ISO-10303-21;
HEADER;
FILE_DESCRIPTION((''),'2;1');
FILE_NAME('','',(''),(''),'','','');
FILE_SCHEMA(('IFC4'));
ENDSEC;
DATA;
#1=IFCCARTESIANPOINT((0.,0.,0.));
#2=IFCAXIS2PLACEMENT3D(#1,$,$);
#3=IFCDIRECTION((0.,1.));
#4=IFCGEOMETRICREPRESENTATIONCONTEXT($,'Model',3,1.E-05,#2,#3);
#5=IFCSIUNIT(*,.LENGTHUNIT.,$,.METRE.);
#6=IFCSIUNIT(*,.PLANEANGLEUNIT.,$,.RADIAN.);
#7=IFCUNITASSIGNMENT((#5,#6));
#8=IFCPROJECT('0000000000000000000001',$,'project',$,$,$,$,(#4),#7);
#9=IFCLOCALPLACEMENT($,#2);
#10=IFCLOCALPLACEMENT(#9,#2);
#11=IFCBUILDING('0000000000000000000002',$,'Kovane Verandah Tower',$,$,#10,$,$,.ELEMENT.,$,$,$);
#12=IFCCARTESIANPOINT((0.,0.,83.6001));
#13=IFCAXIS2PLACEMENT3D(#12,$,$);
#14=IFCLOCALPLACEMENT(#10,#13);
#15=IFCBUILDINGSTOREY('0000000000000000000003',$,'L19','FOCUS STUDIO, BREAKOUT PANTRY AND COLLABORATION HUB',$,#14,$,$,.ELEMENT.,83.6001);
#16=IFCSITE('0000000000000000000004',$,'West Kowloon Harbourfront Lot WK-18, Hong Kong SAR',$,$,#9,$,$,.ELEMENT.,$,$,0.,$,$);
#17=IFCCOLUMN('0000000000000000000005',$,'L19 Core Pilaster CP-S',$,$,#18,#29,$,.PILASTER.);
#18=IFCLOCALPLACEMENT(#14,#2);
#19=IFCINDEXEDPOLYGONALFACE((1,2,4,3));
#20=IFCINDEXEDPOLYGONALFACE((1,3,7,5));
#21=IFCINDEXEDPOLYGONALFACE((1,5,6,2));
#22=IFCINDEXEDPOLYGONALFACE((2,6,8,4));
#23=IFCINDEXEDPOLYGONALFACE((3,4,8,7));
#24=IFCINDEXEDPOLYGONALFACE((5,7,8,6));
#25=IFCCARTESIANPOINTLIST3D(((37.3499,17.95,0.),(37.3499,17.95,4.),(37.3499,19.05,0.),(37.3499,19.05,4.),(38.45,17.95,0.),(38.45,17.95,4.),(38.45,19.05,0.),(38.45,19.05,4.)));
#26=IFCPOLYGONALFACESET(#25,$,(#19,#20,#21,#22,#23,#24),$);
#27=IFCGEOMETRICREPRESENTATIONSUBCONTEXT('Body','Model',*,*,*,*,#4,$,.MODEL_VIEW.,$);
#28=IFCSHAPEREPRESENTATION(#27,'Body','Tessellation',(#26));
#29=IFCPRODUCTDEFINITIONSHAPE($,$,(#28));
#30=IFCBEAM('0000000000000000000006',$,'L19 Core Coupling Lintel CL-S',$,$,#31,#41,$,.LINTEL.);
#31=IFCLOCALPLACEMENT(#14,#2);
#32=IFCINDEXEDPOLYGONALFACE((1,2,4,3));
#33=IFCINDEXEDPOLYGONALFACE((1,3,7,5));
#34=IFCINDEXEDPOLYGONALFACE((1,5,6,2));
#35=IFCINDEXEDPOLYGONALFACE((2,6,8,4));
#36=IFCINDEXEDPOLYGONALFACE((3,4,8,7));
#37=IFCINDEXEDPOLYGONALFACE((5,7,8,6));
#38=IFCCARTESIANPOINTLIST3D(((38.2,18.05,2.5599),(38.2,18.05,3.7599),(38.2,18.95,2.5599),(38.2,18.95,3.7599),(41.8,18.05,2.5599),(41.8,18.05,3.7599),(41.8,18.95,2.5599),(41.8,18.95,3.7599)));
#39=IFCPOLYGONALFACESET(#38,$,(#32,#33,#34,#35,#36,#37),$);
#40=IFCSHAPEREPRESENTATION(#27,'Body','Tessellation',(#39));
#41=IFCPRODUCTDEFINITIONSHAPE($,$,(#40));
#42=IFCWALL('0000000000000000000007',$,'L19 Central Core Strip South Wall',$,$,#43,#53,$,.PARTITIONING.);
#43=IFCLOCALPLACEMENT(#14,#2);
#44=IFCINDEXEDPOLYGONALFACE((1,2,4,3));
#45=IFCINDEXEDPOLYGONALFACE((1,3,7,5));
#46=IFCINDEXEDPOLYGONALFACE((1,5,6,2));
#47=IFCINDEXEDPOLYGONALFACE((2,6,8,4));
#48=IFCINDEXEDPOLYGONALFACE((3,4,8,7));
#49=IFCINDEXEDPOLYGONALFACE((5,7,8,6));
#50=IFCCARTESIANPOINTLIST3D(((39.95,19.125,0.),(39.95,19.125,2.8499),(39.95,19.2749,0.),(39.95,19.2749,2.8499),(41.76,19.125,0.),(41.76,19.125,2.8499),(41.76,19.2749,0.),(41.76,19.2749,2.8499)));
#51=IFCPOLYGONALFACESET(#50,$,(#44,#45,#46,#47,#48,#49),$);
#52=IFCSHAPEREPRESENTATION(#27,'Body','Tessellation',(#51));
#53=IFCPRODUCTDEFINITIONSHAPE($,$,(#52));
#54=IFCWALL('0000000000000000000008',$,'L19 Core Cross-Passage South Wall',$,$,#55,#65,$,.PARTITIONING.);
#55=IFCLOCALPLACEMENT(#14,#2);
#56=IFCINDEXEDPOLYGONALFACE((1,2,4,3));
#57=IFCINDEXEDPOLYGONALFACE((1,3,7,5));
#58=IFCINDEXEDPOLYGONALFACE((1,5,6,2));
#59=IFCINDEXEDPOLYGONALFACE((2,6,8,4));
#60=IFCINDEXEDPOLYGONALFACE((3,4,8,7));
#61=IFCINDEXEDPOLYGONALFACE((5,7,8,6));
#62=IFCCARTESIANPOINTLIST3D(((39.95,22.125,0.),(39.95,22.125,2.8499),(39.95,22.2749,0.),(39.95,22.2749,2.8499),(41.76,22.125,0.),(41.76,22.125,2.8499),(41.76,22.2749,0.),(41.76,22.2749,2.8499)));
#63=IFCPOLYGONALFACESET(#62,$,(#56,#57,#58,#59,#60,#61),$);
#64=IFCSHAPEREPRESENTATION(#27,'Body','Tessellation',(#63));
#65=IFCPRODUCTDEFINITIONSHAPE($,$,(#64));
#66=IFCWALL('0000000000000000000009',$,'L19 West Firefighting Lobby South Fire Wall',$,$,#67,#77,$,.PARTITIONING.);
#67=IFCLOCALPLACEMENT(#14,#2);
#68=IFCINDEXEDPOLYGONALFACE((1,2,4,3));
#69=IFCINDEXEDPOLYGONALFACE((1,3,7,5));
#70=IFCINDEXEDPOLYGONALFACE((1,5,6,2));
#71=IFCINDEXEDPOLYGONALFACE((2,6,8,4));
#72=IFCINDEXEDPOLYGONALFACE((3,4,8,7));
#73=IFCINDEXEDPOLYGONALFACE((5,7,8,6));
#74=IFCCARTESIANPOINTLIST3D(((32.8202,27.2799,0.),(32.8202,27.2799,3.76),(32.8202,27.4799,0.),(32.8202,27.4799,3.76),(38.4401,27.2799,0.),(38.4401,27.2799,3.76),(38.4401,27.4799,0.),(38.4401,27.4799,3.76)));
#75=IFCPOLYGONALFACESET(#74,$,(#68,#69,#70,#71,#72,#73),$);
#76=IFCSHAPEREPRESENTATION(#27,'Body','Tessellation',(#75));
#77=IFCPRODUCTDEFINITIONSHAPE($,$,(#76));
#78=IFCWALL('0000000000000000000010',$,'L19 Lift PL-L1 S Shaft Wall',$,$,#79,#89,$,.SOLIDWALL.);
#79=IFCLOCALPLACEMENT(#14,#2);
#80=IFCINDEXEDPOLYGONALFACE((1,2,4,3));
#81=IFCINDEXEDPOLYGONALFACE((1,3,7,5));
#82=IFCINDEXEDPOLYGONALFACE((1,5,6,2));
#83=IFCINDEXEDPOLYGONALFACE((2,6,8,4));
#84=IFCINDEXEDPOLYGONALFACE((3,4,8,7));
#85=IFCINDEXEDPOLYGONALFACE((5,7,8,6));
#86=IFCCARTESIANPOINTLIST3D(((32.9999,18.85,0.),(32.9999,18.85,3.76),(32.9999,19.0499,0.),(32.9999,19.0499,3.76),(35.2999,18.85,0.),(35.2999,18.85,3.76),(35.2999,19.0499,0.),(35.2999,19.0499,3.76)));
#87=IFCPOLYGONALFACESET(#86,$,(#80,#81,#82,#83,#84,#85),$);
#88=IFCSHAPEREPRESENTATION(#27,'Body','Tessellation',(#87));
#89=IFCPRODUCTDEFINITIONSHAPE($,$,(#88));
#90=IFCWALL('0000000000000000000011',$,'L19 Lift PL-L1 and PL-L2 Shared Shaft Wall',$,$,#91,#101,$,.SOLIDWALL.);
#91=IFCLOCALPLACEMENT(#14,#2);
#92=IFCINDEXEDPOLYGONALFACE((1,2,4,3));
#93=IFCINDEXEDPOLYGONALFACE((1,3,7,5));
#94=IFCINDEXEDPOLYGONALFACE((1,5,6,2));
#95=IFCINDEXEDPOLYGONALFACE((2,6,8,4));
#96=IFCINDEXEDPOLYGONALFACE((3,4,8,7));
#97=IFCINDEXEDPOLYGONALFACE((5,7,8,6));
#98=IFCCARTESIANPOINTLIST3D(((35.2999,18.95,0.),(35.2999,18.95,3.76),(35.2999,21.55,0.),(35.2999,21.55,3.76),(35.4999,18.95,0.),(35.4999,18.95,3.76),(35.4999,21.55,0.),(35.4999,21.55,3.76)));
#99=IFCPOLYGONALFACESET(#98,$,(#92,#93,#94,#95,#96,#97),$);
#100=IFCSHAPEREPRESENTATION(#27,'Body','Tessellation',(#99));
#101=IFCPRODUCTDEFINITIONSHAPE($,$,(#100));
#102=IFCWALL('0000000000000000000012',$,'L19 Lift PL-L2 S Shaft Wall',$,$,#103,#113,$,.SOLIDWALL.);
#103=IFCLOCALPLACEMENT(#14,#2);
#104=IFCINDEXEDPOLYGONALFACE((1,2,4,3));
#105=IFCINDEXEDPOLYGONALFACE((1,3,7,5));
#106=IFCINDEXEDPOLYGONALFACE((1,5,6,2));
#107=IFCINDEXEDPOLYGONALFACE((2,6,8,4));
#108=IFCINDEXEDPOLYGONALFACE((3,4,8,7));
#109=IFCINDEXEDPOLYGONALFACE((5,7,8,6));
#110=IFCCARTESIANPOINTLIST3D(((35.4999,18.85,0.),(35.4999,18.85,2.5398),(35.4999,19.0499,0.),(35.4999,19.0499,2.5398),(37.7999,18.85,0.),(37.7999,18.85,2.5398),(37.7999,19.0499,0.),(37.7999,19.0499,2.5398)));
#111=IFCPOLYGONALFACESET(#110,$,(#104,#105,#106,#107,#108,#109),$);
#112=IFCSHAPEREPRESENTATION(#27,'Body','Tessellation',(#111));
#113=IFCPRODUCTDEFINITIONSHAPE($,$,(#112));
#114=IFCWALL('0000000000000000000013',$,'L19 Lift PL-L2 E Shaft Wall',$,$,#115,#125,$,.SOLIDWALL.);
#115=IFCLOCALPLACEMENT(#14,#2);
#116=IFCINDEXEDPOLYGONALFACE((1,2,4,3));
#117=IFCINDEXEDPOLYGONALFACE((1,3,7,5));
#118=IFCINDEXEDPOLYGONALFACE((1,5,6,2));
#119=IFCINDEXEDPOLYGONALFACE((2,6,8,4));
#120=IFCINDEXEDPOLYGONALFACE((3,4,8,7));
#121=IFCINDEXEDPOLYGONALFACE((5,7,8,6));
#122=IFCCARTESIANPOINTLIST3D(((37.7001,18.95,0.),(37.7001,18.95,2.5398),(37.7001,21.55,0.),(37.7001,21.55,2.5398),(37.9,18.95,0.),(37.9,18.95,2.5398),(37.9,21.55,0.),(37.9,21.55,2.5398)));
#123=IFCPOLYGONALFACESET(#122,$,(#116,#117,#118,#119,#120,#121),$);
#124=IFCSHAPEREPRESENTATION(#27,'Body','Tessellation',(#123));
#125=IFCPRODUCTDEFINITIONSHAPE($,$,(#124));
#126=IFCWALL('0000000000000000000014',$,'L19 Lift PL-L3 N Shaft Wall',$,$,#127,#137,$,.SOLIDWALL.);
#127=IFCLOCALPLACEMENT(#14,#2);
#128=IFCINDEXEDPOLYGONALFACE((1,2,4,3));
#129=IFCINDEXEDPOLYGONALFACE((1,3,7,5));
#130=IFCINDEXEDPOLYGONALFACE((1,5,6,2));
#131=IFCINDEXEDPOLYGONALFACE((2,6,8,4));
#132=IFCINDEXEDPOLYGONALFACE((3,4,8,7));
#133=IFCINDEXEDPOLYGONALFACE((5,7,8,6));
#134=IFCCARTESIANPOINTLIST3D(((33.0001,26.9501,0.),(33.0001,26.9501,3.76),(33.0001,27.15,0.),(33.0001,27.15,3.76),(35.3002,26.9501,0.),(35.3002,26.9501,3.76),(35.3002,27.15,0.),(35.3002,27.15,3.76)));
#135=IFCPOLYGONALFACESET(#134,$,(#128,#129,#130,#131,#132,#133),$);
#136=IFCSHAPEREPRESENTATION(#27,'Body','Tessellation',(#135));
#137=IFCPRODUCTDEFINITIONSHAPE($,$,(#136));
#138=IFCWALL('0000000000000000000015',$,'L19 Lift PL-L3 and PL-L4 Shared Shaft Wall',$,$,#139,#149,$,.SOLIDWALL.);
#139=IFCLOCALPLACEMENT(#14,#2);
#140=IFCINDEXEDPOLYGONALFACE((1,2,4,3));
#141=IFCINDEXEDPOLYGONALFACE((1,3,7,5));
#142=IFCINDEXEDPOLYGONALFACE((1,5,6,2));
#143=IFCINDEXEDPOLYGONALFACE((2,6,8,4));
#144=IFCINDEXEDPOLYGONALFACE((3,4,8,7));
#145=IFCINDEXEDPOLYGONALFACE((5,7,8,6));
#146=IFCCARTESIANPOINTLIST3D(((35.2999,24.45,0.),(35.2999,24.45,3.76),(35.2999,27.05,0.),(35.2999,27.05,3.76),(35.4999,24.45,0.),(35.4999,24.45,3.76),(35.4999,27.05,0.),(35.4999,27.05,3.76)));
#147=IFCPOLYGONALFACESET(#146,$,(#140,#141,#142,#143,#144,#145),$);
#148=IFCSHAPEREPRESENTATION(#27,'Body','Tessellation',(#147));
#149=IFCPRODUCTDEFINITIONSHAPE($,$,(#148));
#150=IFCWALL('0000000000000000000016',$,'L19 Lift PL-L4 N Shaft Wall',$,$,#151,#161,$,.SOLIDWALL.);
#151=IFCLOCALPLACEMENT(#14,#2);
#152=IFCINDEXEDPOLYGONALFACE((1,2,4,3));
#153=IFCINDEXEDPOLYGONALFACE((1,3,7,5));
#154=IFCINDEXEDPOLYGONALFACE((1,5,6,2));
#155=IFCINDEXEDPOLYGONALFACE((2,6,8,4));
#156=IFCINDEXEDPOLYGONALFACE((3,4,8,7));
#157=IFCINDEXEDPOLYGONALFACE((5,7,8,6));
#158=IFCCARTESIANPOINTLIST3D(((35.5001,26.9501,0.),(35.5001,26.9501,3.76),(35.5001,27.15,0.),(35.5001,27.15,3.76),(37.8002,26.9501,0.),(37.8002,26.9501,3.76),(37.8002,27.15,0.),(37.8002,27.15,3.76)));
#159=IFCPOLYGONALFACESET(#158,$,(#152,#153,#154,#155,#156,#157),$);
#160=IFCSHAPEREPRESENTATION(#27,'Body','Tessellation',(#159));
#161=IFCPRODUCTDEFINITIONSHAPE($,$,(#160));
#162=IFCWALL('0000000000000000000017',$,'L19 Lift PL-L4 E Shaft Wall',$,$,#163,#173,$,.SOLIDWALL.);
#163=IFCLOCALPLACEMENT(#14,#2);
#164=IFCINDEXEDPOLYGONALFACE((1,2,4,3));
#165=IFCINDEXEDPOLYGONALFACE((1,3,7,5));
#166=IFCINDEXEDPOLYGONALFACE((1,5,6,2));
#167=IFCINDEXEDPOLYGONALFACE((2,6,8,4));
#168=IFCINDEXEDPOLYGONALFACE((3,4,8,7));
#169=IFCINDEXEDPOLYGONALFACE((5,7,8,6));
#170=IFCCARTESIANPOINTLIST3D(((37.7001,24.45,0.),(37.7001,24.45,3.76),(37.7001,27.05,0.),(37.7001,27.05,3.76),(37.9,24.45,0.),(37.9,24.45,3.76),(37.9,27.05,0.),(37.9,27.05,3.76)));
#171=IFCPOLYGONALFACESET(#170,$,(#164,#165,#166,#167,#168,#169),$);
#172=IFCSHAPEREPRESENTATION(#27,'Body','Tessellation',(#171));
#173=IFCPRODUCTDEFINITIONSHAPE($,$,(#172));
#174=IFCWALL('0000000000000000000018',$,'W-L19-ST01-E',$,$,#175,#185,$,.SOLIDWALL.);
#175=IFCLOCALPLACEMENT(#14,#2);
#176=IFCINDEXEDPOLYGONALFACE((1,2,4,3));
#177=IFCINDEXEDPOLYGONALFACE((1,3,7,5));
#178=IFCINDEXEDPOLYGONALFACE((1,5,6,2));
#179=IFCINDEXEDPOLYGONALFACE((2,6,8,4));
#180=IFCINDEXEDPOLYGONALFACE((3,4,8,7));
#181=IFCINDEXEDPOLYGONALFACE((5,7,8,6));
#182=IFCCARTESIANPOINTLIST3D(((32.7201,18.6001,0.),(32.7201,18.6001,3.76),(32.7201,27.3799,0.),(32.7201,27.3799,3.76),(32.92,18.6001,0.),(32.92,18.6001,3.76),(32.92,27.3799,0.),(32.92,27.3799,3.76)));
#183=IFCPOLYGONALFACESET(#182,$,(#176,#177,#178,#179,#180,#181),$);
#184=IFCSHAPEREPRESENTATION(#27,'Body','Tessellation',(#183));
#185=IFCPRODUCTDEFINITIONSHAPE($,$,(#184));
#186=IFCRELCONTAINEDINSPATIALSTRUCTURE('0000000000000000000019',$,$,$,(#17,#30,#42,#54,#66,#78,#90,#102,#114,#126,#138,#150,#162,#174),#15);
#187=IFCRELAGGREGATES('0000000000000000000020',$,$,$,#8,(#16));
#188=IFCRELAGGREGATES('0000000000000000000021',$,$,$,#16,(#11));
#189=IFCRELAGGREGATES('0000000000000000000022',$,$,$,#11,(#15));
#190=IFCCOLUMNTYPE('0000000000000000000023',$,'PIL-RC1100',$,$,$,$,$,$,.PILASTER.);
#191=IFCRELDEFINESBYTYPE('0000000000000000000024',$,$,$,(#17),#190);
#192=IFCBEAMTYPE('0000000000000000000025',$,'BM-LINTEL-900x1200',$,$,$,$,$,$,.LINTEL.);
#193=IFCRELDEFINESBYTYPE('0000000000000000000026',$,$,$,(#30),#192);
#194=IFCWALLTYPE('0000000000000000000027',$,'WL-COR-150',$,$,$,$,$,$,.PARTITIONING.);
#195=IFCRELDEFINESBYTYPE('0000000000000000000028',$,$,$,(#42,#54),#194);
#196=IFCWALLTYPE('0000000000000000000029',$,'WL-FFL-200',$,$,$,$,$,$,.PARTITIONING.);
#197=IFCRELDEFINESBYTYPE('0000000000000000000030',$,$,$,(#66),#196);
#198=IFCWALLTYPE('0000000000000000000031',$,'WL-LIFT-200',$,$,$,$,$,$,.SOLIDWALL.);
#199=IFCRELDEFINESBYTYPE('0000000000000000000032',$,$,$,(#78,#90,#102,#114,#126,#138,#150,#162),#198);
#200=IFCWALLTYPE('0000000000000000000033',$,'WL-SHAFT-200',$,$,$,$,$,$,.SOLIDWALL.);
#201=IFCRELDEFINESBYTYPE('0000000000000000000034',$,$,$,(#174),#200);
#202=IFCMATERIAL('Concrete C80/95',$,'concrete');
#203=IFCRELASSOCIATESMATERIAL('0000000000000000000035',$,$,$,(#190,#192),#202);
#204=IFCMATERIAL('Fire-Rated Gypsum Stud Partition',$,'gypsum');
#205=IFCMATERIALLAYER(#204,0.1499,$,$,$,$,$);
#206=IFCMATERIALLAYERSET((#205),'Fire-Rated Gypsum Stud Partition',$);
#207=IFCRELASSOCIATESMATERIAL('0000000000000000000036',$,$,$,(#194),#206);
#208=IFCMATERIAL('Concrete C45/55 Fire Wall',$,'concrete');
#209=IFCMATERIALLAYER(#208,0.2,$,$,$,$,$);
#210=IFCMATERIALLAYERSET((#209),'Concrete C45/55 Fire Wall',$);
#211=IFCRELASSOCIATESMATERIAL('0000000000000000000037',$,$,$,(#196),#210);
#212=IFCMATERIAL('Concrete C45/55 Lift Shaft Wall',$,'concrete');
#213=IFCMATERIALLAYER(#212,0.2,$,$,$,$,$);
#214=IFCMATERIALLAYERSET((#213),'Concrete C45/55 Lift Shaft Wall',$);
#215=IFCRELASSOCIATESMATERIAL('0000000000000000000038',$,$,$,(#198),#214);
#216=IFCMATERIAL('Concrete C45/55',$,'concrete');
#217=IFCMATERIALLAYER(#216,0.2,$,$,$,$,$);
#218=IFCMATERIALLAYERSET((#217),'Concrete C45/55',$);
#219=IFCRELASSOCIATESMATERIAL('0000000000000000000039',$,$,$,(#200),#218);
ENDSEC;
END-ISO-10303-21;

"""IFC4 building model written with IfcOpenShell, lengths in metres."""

from ifc_helpers import new_model, si_unit, direction, frame, frame_2d, origin, origin_2d, place, context, subcontext, project, spatial, rectangle, extrude, material, layer, layer_set, material_profile, profile_set, type_object, element, save


model = new_model("IFC4")

# Units and contexts
model_context = context("Model", 3, precision=1e-05, world=origin(), true_north=direction((0.0, 1.0)))
body_context = subcontext(model_context, "Body", "Model", "MODEL_VIEW")
ifc_project = project(units=[si_unit("LENGTHUNIT", "METRE"), si_unit("PLANEANGLEUNIT", "RADIAN")], contexts=[model_context])

# Site, building, storey
site_placement = place(None, origin())
site = spatial("IfcSite", under=ifc_project, at=site_placement, Name="West Kowloon Harbourfront Lot WK-18, Hong Kong SAR", CompositionType="ELEMENT", RefElevation=0.0)
building_placement = place(site_placement, origin())
building = spatial("IfcBuilding", under=site, at=building_placement, Name="Kovane Verandah Tower", CompositionType="ELEMENT")
storey_placement = place(building_placement, frame((0.0, 0.0, 83.6001)))
storey = spatial("IfcBuildingStorey", under=building, at=storey_placement, Name="L19", Description="FOCUS STUDIO, BREAKOUT PANTRY AND COLLABORATION HUB", CompositionType="ELEMENT", Elevation=83.6001)

# Column
ifc_material_1 = material(Name="Concrete C80/95", Category="concrete")
ifc_material_profile_1 = material_profile(ifc_material_1, rectangle(XDim=1.1001, YDim=1.1001, at=origin_2d()), Name="RC1100x1100")
ifc_profile_set_1 = profile_set([ifc_material_profile_1], Name="Concrete C80/95")
column_type = type_object("IfcColumnType", Name="PIL-RC1100", PredefinedType="PILASTER", material=ifc_profile_set_1)
column_placement = place(storey_placement, frame((37.8999, 18.5, 0.0), z_axis=(0.0, 0.0, 1.0), x_axis=(1.0, 0.0, 0.0)))
element("IfcColumn", 1, at=column_placement, inside=storey, type_object=column_type, Name="L19 Core Pilaster CP-S", PredefinedType="PILASTER", context=body_context, shape_type="SweptSolid", body=[
    extrude(rectangle(XDim=1.1001, YDim=1.1001, at=origin_2d()), origin(), (0.0, 0.0, 1.0), 4.0),
])

# Beam
ifc_material_profile_2 = material_profile(ifc_material_1, rectangle(XDim=0.8999, YDim=1.2, at=origin_2d()), Name="RCB900x1200")
ifc_profile_set_2 = profile_set([ifc_material_profile_2], Name="Concrete C80/95")
beam_type = type_object("IfcBeamType", Name="BM-LINTEL-900x1200", PredefinedType="LINTEL", material=ifc_profile_set_2)
beam_placement = place(storey_placement, frame((38.2, 18.5, 3.1599), z_axis=(1.0, 0.0, 0.0), x_axis=(0.0, 1.0, 0.0)))
element("IfcBeam", 2, at=beam_placement, inside=storey, type_object=beam_type, Name="L19 Core Coupling Lintel CL-S", PredefinedType="LINTEL", context=body_context, shape_type="SweptSolid", body=[
    extrude(rectangle(XDim=0.8999, YDim=1.2, at=origin_2d()), origin(), (0.0, 0.0, 1.0), 3.6001),
])

# Walls
ifc_material_2 = material(Name="Fire-Rated Gypsum Stud Partition", Category="gypsum")
ifc_layer_1 = layer(ifc_material_2, 0.1499)
ifc_layer_set_1 = layer_set([ifc_layer_1], Name="Fire-Rated Gypsum Stud Partition")
wall_type_1 = type_object("IfcWallType", Name="WL-COR-150", PredefinedType="PARTITIONING", material=ifc_layer_set_1)
for number, where, z_axis, x_axis, name in (
    (3, (39.95, 19.2, 0.0), (0.0, 0.0, 1.0), (1.0, 0.0, 0.0), "L19 Central Core Strip South Wall"),
    (4, (39.95, 22.2, 0.0), (0.0, 0.0, 1.0), (1.0, 0.0, 0.0), "L19 Core Cross-Passage South Wall"),
):
    element("IfcWall", number, at=place(storey_placement, frame(where, z_axis=z_axis, x_axis=x_axis)), inside=storey, type_object=wall_type_1, Name=name, PredefinedType="PARTITIONING", context=body_context, shape_type="SweptSolid", body=[
        extrude(rectangle(XDim=1.8101, YDim=0.1499, at=frame_2d((0.905, 0.0))), origin(), (0.0, 0.0, 1.0), 2.8499),
    ])

# Shared definitions
ifc_material_3 = material(Name="Concrete C45/55 Fire Wall", Category="concrete")
ifc_layer_2 = layer(ifc_material_3, 0.2)
ifc_layer_set_2 = layer_set([ifc_layer_2], Name="Concrete C45/55 Fire Wall")
wall_type_2 = type_object("IfcWallType", Name="WL-FFL-200", PredefinedType="PARTITIONING", material=ifc_layer_set_2)

# Walls
wall_1_placement = place(storey_placement, frame((32.8201, 27.3799, 0.0), z_axis=(0.0, 0.0, 1.0), x_axis=(1.0, 0.0, 0.0)))
element("IfcWall", 5, at=wall_1_placement, inside=storey, type_object=wall_type_2, Name="L19 West Firefighting Lobby South Fire Wall", PredefinedType="PARTITIONING", context=body_context, shape_type="SweptSolid", body=[
    extrude(rectangle(XDim=5.6199, YDim=0.2, at=frame_2d((2.8101, 0.0))), origin(), (0.0, 0.0, 1.0), 3.76),
])
ifc_material_4 = material(Name="Concrete C45/55 Lift Shaft Wall", Category="concrete")
ifc_layer_3 = layer(ifc_material_4, 0.2)
ifc_layer_set_3 = layer_set([ifc_layer_3], Name="Concrete C45/55 Lift Shaft Wall")
wall_type_3 = type_object("IfcWallType", Name="WL-LIFT-200", PredefinedType="SOLIDWALL", material=ifc_layer_set_3)
wall_2_placement = place(storey_placement, frame((33.0, 18.95, 0.0), z_axis=(0.0, 0.0, 1.0), x_axis=(1.0, 0.0, 0.0)))
element("IfcWall", 6, at=wall_2_placement, inside=storey, type_object=wall_type_3, Name="L19 Lift PL-L1 S Shaft Wall", PredefinedType="SOLIDWALL", context=body_context, shape_type="SweptSolid", body=[
    extrude(rectangle(XDim=2.3, YDim=0.2, at=frame_2d((1.1499, 0.0))), origin(), (0.0, 0.0, 1.0), 3.76),
])

# Walls
wall_3_placement = place(storey_placement, frame((35.3999, 18.95, 0.0), z_axis=(0.0, 0.0, 1.0), x_axis=(0.0, 1.0, 0.0)))
element("IfcWall", 7, at=wall_3_placement, inside=storey, type_object=wall_type_3, Name="L19 Lift PL-L1 and PL-L2 Shared Shaft Wall", PredefinedType="SOLIDWALL", context=body_context, shape_type="SweptSolid", body=[
    extrude(rectangle(XDim=2.6001, YDim=0.2, at=frame_2d((1.3, 0.0))), origin(), (0.0, 0.0, 1.0), 3.76),
])
wall_4_placement = place(storey_placement, frame((35.5, 18.95, 0.0), z_axis=(0.0, 0.0, 1.0), x_axis=(1.0, 0.0, 0.0)))
element("IfcWall", 8, at=wall_4_placement, inside=storey, type_object=wall_type_3, Name="L19 Lift PL-L2 S Shaft Wall", PredefinedType="SOLIDWALL", context=body_context, shape_type="SweptSolid", body=[
    extrude(rectangle(XDim=2.3, YDim=0.2, at=frame_2d((1.1499, 0.0))), origin(), (0.0, 0.0, 1.0), 2.5398),
])

# Wall
wall_5_placement = place(storey_placement, frame((37.8, 18.95, 0.0), z_axis=(0.0, 0.0, 1.0), x_axis=(0.0, 1.0, 0.0)))
element("IfcWall", 9, at=wall_5_placement, inside=storey, type_object=wall_type_3, Name="L19 Lift PL-L2 E Shaft Wall", PredefinedType="SOLIDWALL", context=body_context, shape_type="SweptSolid", body=[
    extrude(rectangle(XDim=2.6001, YDim=0.2, at=frame_2d((1.3, 0.0))), origin(), (0.0, 0.0, 1.0), 2.5398),
])

# Walls
wall_6_placement = place(storey_placement, frame((35.3, 27.05, 0.0), z_axis=(0.0, 0.0, 1.0), x_axis=(-1.0, 0.0, 0.0)))
element("IfcWall", 10, at=wall_6_placement, inside=storey, type_object=wall_type_3, Name="L19 Lift PL-L3 N Shaft Wall", PredefinedType="SOLIDWALL", context=body_context, shape_type="SweptSolid", body=[
    extrude(rectangle(XDim=2.3, YDim=0.2, at=frame_2d((1.1499, 0.0))), origin(), (0.0, 0.0, 1.0), 3.76),
])
wall_7_placement = place(storey_placement, frame((35.3999, 24.45, 0.0), z_axis=(0.0, 0.0, 1.0), x_axis=(0.0, 1.0, 0.0)))
element("IfcWall", 11, at=wall_7_placement, inside=storey, type_object=wall_type_3, Name="L19 Lift PL-L3 and PL-L4 Shared Shaft Wall", PredefinedType="SOLIDWALL", context=body_context, shape_type="SweptSolid", body=[
    extrude(rectangle(XDim=2.6001, YDim=0.2, at=frame_2d((1.3, 0.0))), origin(), (0.0, 0.0, 1.0), 3.76),
])

# Walls
wall_8_placement = place(storey_placement, frame((37.8, 27.05, 0.0), z_axis=(0.0, 0.0, 1.0), x_axis=(-1.0, 0.0, 0.0)))
element("IfcWall", 12, at=wall_8_placement, inside=storey, type_object=wall_type_3, Name="L19 Lift PL-L4 N Shaft Wall", PredefinedType="SOLIDWALL", context=body_context, shape_type="SweptSolid", body=[
    extrude(rectangle(XDim=2.3, YDim=0.2, at=frame_2d((1.1499, 0.0))), origin(), (0.0, 0.0, 1.0), 3.76),
])
wall_9_placement = place(storey_placement, frame((37.8, 24.45, 0.0), z_axis=(0.0, 0.0, 1.0), x_axis=(0.0, 1.0, 0.0)))
element("IfcWall", 13, at=wall_9_placement, inside=storey, type_object=wall_type_3, Name="L19 Lift PL-L4 E Shaft Wall", PredefinedType="SOLIDWALL", context=body_context, shape_type="SweptSolid", body=[
    extrude(rectangle(XDim=2.6001, YDim=0.2, at=frame_2d((1.3, 0.0))), origin(), (0.0, 0.0, 1.0), 3.76),
])
ifc_material_5 = material(Name="Concrete C45/55", Category="concrete")
ifc_layer_4 = layer(ifc_material_5, 0.2)
ifc_layer_set_4 = layer_set([ifc_layer_4], Name="Concrete C45/55")
wall_type_4 = type_object("IfcWallType", Name="WL-SHAFT-200", PredefinedType="SOLIDWALL", material=ifc_layer_set_4)
wall_10_placement = place(storey_placement, frame((32.8201, 18.6001, 0.0), z_axis=(0.0, 0.0, 1.0), x_axis=(0.0, 1.0, 0.0)))
element("IfcWall", 14, at=wall_10_placement, inside=storey, type_object=wall_type_4, Name="W-L19-ST01-E", PredefinedType="SOLIDWALL", context=body_context, shape_type="SweptSolid", body=[
    extrude(rectangle(XDim=8.7798, YDim=0.2, at=frame_2d((4.3899, 0.0))), origin(), (0.0, 0.0, 1.0), 3.76),
])

save(model, "model.ifc")
